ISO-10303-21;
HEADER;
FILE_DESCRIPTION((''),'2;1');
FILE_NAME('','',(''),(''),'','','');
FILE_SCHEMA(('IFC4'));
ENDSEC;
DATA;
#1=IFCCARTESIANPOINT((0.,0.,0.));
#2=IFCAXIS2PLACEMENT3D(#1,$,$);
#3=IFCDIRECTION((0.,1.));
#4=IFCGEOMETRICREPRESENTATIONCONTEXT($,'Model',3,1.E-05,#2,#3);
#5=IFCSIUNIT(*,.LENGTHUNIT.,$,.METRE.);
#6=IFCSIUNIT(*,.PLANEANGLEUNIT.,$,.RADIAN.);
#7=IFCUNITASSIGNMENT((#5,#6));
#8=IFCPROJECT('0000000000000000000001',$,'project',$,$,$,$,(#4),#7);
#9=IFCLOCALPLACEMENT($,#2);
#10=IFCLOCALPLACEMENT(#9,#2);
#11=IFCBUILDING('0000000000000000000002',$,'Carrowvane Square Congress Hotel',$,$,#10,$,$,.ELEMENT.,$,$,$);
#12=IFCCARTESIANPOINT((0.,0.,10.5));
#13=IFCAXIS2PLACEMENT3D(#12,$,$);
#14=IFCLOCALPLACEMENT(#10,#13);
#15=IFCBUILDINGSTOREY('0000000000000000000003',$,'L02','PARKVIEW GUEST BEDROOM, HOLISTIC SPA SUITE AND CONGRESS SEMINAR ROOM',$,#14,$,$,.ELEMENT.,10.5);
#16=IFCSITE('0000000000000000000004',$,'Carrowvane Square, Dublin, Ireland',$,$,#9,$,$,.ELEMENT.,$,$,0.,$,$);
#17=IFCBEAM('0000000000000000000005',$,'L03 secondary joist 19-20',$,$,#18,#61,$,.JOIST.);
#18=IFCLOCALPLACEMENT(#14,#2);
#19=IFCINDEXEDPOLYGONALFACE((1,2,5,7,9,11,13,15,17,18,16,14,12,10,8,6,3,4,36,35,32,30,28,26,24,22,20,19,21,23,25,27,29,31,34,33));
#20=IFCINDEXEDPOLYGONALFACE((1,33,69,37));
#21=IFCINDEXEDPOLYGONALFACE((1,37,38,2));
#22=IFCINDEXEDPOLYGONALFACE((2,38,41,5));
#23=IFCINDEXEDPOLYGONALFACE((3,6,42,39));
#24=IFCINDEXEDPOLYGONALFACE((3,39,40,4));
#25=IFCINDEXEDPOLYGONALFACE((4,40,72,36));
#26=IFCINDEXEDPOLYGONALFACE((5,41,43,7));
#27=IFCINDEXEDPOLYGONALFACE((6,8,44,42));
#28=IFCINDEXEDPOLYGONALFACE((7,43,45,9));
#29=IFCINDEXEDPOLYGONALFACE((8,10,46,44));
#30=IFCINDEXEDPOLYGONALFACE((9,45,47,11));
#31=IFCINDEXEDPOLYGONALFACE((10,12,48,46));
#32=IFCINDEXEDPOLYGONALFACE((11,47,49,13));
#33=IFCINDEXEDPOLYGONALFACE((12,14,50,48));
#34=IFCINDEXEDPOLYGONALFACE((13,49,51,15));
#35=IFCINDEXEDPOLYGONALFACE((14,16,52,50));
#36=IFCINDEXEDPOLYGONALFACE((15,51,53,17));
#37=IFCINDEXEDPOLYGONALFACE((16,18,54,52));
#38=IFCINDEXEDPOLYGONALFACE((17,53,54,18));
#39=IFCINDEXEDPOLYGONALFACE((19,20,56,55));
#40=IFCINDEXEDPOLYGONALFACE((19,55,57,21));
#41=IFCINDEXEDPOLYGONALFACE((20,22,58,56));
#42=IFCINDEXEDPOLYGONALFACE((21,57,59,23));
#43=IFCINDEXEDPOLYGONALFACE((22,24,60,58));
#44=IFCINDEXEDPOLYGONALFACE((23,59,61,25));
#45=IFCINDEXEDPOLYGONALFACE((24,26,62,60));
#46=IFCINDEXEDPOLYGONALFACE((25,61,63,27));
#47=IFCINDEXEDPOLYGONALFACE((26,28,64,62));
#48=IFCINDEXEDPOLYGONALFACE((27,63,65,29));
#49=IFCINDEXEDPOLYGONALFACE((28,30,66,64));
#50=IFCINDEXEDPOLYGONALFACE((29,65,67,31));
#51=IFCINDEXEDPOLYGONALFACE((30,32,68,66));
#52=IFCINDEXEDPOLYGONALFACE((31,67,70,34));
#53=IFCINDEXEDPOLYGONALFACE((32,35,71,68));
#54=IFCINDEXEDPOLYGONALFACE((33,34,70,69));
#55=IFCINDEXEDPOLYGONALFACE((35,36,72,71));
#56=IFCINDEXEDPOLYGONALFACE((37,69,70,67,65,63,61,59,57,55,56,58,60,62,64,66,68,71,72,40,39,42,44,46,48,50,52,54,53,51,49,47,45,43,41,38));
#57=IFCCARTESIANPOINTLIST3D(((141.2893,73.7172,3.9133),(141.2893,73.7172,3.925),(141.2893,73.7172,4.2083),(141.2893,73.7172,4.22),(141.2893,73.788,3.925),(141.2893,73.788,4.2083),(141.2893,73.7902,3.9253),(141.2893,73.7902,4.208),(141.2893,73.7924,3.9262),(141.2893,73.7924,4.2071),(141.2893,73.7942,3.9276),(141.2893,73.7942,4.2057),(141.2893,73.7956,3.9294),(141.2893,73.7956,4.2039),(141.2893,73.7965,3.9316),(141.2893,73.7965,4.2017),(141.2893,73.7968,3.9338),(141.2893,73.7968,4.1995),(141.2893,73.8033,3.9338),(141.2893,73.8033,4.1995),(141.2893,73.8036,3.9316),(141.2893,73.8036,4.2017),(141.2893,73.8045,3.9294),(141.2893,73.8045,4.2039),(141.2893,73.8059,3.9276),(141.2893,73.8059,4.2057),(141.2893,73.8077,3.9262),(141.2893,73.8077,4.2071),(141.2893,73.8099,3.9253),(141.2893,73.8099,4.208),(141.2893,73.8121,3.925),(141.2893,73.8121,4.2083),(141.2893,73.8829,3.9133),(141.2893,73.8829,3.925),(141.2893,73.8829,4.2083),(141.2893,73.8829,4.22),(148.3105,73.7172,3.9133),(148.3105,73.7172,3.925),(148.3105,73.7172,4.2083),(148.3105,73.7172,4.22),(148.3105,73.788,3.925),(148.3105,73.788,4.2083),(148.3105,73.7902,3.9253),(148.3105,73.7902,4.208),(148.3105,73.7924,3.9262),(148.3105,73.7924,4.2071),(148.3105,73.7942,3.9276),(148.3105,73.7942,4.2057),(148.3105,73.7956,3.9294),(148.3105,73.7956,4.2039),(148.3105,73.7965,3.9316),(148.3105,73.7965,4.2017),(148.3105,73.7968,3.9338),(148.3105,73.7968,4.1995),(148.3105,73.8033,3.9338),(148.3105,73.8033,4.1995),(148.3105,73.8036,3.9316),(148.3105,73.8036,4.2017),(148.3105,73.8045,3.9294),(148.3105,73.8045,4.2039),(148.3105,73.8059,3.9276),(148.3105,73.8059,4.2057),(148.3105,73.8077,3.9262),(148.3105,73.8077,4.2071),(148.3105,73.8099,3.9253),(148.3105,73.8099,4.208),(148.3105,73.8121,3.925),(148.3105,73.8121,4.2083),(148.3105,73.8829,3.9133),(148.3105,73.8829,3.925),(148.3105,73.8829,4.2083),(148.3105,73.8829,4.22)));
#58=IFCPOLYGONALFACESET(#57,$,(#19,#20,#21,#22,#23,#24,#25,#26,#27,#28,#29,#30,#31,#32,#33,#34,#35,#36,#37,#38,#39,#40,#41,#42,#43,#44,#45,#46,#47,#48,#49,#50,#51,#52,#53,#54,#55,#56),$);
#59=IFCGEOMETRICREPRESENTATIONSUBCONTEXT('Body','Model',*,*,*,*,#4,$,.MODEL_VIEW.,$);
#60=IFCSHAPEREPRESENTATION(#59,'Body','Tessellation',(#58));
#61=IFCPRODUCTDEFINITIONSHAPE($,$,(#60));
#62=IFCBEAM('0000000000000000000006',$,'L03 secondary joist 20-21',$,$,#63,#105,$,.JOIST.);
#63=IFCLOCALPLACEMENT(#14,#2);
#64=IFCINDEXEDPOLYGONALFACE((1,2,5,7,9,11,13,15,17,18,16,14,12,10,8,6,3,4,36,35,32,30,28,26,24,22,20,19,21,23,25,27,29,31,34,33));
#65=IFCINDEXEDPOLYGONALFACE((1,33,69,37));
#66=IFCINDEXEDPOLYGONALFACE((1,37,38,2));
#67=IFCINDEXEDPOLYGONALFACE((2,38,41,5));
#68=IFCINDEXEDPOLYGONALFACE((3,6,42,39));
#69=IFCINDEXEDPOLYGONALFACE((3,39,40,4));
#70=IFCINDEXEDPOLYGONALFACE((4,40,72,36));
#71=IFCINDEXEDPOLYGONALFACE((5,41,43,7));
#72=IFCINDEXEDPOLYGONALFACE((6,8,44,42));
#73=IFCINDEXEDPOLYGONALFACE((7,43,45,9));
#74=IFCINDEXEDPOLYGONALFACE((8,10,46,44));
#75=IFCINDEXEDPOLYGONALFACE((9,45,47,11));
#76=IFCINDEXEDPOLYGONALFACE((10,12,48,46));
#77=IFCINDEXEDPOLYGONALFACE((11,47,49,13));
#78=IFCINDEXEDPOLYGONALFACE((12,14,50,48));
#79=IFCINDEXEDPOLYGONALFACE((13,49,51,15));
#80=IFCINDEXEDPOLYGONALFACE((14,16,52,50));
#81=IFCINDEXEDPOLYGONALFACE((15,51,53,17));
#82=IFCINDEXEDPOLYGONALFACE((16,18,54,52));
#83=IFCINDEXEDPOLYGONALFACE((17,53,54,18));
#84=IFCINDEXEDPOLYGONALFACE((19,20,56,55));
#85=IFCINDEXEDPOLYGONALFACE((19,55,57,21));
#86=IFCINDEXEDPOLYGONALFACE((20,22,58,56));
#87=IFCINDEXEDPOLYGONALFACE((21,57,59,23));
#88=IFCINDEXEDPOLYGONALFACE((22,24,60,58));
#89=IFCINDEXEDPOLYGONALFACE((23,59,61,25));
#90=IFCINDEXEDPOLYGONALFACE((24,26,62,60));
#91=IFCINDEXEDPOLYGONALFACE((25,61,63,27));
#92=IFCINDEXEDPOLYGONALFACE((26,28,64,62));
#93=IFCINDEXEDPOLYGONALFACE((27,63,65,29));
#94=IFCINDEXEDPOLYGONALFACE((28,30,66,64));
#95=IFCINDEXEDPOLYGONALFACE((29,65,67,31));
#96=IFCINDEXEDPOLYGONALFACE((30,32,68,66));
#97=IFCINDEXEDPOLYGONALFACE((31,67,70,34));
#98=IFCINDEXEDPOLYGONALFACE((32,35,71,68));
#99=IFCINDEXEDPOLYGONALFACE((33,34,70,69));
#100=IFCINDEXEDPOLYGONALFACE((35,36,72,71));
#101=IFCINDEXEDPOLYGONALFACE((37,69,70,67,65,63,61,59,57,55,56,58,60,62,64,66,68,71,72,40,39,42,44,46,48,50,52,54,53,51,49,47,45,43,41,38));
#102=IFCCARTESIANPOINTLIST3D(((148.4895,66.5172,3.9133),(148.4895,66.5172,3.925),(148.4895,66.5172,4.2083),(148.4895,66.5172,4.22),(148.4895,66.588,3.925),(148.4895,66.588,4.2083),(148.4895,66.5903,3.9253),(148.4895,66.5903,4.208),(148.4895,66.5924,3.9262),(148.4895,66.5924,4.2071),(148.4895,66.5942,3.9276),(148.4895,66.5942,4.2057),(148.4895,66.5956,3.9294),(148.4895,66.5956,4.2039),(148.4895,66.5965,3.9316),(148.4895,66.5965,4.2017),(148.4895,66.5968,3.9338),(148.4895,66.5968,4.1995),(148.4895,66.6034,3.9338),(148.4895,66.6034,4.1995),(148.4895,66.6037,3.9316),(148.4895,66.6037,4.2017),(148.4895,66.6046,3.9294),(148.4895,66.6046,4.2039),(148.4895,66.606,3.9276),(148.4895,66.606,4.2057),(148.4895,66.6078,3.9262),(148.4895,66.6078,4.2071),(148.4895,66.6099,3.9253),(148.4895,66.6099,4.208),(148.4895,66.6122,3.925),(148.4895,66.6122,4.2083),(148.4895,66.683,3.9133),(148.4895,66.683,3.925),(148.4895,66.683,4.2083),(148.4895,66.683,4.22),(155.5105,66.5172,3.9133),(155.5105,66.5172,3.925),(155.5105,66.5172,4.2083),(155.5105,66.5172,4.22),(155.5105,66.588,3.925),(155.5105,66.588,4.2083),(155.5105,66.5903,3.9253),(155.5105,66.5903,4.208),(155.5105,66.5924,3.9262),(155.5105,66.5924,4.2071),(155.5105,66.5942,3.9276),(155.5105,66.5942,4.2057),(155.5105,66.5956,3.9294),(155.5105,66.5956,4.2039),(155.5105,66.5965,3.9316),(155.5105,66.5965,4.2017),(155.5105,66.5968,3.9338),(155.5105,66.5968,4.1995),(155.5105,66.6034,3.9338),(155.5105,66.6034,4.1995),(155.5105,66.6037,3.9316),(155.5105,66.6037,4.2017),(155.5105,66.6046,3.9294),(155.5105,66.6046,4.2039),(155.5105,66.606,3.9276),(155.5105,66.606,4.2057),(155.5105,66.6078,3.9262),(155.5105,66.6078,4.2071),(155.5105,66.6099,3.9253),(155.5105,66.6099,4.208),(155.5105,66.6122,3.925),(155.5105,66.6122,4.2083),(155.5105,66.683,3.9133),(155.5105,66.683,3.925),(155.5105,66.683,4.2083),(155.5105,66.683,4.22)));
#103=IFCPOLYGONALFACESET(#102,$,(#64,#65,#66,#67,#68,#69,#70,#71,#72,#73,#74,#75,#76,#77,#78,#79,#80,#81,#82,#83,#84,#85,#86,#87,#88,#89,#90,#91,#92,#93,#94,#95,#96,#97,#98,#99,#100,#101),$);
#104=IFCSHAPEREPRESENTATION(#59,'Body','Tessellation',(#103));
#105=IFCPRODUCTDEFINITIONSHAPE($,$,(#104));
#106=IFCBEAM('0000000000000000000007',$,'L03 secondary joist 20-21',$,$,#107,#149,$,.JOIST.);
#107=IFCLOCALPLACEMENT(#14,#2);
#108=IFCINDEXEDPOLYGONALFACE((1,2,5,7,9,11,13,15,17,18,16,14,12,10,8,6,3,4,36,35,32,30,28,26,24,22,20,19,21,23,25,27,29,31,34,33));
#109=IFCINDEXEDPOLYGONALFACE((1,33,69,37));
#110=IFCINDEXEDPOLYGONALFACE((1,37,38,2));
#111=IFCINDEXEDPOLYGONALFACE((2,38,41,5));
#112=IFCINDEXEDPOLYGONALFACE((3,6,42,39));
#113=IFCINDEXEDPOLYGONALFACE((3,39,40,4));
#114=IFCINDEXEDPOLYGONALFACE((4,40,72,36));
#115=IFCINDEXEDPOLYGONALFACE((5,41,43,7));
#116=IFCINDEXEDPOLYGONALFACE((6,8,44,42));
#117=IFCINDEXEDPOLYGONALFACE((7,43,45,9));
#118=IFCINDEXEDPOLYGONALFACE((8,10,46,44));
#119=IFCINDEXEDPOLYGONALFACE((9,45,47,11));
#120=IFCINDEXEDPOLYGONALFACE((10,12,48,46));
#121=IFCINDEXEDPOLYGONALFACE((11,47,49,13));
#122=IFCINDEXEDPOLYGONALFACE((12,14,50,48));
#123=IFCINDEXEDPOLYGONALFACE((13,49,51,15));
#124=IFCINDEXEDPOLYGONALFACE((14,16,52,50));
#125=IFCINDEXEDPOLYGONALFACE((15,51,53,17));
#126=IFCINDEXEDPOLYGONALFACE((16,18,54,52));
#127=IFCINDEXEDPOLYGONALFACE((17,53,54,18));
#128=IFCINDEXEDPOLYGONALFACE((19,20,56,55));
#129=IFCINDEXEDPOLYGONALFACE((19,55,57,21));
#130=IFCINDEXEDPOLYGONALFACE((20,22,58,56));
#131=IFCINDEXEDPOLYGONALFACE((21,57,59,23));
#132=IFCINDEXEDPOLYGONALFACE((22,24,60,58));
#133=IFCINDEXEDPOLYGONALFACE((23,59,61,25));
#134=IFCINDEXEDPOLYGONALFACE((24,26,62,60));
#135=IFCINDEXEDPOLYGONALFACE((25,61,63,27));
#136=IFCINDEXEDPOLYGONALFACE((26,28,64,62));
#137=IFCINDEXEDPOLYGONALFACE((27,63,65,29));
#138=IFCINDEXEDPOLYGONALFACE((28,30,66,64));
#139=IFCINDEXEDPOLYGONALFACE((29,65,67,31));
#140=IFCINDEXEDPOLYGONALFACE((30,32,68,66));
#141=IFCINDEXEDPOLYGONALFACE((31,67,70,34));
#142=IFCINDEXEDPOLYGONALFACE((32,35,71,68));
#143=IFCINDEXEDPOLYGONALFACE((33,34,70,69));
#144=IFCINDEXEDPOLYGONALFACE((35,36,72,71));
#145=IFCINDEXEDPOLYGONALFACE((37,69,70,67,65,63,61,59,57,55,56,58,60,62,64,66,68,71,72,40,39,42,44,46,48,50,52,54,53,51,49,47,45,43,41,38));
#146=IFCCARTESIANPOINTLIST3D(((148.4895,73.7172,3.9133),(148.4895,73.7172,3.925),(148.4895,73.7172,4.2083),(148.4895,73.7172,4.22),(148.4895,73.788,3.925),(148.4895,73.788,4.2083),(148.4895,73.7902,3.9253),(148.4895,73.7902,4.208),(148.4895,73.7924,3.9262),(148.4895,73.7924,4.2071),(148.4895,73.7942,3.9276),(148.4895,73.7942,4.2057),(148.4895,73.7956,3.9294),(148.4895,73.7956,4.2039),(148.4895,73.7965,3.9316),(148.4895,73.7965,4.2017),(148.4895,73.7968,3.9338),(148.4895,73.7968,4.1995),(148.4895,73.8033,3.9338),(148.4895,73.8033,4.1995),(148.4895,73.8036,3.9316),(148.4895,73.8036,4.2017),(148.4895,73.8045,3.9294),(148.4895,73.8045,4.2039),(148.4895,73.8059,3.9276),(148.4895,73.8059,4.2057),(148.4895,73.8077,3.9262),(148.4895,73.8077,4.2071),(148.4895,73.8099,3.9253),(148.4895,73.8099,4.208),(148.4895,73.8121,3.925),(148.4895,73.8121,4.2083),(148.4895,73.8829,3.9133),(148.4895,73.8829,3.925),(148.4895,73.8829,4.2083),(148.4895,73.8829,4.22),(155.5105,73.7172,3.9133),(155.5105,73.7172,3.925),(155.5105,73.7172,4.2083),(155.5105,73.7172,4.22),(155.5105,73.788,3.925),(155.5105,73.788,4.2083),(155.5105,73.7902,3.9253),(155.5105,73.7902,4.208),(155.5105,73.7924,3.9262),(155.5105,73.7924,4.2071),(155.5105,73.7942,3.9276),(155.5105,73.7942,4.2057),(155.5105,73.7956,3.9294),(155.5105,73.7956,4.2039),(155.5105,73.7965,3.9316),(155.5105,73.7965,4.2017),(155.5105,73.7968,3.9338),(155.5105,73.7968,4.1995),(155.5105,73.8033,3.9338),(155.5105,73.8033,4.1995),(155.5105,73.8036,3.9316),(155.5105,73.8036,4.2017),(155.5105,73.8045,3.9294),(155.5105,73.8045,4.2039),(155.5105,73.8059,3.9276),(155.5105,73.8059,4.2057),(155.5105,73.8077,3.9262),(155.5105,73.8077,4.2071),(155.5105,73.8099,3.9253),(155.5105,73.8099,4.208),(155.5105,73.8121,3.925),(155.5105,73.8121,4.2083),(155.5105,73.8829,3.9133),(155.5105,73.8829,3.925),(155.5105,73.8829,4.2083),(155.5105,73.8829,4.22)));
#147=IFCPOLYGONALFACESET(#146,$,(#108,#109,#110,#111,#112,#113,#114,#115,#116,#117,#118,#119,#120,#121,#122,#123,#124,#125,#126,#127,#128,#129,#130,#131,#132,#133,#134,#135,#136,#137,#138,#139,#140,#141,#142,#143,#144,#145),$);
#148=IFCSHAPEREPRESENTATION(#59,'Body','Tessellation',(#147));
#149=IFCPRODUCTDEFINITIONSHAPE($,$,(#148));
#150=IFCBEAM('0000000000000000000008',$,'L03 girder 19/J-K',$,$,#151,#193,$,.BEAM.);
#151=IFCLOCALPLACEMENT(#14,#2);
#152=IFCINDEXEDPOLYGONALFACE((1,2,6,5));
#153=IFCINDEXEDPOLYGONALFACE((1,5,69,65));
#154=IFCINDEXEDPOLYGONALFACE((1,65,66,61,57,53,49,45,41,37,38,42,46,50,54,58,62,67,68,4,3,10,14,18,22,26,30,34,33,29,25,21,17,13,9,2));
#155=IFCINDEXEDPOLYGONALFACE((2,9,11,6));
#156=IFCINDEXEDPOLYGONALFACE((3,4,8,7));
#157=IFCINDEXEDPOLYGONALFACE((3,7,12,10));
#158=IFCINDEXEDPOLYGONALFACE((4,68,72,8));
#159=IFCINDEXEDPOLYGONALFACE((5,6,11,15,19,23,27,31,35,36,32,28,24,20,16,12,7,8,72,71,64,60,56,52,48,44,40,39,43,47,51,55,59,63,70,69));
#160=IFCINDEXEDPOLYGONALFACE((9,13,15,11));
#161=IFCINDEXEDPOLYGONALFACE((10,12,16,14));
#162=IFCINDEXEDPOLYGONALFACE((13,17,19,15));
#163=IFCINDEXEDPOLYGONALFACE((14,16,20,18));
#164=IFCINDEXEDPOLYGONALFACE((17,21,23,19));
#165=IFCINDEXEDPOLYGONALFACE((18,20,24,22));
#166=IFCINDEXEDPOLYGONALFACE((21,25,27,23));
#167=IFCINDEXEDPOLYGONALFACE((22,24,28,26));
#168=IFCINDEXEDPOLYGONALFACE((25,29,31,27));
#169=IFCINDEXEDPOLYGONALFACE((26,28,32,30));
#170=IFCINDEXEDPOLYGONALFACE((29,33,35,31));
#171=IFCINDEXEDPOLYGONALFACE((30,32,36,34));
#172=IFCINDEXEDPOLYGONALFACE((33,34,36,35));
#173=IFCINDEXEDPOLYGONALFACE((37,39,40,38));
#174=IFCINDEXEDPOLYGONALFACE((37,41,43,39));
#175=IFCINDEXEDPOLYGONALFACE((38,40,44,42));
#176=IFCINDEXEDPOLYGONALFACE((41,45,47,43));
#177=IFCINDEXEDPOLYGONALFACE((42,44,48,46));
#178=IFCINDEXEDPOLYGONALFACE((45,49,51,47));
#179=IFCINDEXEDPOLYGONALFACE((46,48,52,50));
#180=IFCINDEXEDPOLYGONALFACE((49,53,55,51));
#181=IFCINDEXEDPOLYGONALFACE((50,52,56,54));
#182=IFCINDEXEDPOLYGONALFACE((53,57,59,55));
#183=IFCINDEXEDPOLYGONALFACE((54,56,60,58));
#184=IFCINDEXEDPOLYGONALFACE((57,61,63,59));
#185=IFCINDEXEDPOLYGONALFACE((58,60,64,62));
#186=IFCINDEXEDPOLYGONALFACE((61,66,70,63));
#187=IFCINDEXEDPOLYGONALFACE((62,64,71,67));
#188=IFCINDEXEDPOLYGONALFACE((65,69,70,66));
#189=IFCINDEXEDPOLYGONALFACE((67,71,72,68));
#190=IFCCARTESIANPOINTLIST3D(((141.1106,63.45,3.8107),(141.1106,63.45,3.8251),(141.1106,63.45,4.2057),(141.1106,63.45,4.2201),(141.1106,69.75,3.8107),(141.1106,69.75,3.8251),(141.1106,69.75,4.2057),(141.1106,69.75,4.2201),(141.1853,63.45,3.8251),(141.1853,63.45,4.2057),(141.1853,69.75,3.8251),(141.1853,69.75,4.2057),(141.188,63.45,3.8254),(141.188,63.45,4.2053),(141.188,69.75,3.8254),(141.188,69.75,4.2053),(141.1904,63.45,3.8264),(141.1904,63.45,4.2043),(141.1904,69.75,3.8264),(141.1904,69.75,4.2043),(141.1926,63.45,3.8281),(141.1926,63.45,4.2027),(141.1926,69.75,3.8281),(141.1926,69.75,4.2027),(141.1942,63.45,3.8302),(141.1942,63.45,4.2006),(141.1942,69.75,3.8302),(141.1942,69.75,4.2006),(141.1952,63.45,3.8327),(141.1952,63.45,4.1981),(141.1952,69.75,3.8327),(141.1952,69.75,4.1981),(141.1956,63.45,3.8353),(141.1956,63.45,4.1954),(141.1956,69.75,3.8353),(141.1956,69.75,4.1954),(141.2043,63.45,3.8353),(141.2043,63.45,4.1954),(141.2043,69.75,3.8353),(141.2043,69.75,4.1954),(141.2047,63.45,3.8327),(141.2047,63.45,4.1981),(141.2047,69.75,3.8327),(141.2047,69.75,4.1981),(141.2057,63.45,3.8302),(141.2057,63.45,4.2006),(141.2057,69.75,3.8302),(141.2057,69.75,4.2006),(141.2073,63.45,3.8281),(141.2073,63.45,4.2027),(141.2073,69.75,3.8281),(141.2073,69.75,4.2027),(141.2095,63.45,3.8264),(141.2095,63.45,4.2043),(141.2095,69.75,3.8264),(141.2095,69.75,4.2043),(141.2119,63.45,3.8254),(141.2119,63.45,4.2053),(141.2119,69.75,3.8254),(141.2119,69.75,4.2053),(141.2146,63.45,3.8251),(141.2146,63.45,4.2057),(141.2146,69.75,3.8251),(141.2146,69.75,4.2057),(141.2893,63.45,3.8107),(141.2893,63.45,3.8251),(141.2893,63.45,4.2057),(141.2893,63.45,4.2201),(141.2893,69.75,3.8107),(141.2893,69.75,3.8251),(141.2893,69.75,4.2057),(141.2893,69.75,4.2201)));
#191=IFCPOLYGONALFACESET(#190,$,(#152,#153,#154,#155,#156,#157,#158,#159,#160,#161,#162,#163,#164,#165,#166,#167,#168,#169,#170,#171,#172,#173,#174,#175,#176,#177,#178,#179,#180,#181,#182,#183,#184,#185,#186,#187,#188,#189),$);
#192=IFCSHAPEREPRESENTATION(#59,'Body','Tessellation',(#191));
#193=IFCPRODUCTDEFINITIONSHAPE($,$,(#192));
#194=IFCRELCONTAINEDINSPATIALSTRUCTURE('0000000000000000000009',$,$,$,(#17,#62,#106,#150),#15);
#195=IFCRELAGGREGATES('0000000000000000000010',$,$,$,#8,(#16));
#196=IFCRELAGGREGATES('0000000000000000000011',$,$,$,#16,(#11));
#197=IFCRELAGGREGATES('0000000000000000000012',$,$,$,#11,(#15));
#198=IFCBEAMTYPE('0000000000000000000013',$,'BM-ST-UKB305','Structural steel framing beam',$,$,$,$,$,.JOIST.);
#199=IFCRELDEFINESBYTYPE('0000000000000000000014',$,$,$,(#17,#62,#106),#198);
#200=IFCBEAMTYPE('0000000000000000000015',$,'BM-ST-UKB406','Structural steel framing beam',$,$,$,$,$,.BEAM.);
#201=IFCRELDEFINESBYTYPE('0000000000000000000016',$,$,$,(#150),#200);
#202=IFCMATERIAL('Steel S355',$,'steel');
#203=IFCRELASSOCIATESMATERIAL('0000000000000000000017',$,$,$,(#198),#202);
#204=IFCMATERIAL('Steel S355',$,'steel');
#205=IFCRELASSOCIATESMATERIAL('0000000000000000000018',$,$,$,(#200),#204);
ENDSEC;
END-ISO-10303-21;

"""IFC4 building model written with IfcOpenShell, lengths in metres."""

from ifc_helpers import new_model, si_unit, direction, frame, origin, origin_2d, place, context, subcontext, project, spatial, i_section, extrude, material, material_profile, profile_set, type_object, element, save


model = new_model("IFC4")

# Units and contexts
model_context = context("Model", 3, precision=1e-05, world=origin(), true_north=direction((0.0, 1.0)))
body_context = subcontext(model_context, "Body", "Model", "MODEL_VIEW")
ifc_project = project(units=[si_unit("LENGTHUNIT", "METRE"), si_unit("PLANEANGLEUNIT", "RADIAN")], contexts=[model_context])

# Site, building, storey
site_placement = place(None, origin())
site = spatial("IfcSite", under=ifc_project, at=site_placement, Name="Carrowvane Square, Dublin, Ireland", CompositionType="ELEMENT", RefElevation=0.0)
building_placement = place(site_placement, origin())
building = spatial("IfcBuilding", under=site, at=building_placement, Name="Carrowvane Square Congress Hotel", CompositionType="ELEMENT")
storey_placement = place(building_placement, frame((0.0, 0.0, 10.5)))
storey = spatial("IfcBuildingStorey", under=building, at=storey_placement, Name="L02", Description="PARKVIEW GUEST BEDROOM, HOLISTIC SPA SUITE AND CONGRESS SEMINAR ROOM", CompositionType="ELEMENT", Elevation=10.5)

# Beams
ifc_material_1 = material(Name="Steel S355", Category="steel")
ifc_material_profile_1 = material_profile(ifc_material_1, i_section(OverallWidth=0.1658, OverallDepth=0.3066, WebThickness=0.0066, FlangeThickness=0.0117, FilletRadius=0.0088, at=origin_2d()), Name="UKB 305x165x46")
ifc_profile_set_1 = profile_set([ifc_material_profile_1], Name="Steel S355")
beam_type_1 = type_object("IfcBeamType", Name="BM-ST-UKB305", Description="Structural steel framing beam", PredefinedType="JOIST", material=ifc_profile_set_1)
for number, where, z_axis, x_axis, name in (
    (1, (141.2893, 73.8, 4.0667), (1.0, 0.0, 0.0), (0.0, 1.0, 0.0), "L03 secondary joist 19-20"),
):
    element("IfcBeam", number, at=place(storey_placement, frame(where, z_axis=z_axis, x_axis=x_axis)), inside=storey, type_object=beam_type_1, Name=name, PredefinedType="JOIST", context=body_context, shape_type="SweptSolid", body=[
        extrude(i_section(OverallWidth=0.1658, OverallDepth=0.3066, WebThickness=0.0066, FlangeThickness=0.0117, FilletRadius=0.0088, at=origin_2d()), origin(), (0.0, 0.0, 1.0), 7.0212),
    ])
for number, where, z_axis, x_axis, name in (
    (2, (148.4895, 66.6001, 4.0667), (1.0, 0.0, 0.0), (0.0, 1.0, 0.0), "L03 secondary joist 20-21"),
    (3, (148.4895, 73.8, 4.0667), (1.0, 0.0, 0.0), (0.0, 1.0, 0.0), "L03 secondary joist 20-21"),
):
    element("IfcBeam", number, at=place(storey_placement, frame(where, z_axis=z_axis, x_axis=x_axis)), inside=storey, type_object=beam_type_1, Name=name, PredefinedType="JOIST", context=body_context, shape_type="SweptSolid", body=[
        extrude(i_section(OverallWidth=0.1658, OverallDepth=0.3066, WebThickness=0.0066, FlangeThickness=0.0117, FilletRadius=0.0088, at=origin_2d()), origin(), (0.0, 0.0, 1.0), 7.021),
    ])
ifc_material_2 = material(Name="Steel S355", Category="steel")
ifc_material_profile_2 = material_profile(ifc_material_2, i_section(OverallWidth=0.1787, OverallDepth=0.4094, WebThickness=0.0088, FlangeThickness=0.0144, FilletRadius=0.0103, at=origin_2d()), Name="UKB 406x178x67")
ifc_profile_set_2 = profile_set([ifc_material_profile_2], Name="Steel S355")
beam_type_2 = type_object("IfcBeamType", Name="BM-ST-UKB406", Description="Structural steel framing beam", PredefinedType="BEAM", material=ifc_profile_set_2)
for number, where, z_axis, x_axis, name in (
    (4, (141.2, 63.45, 4.0154), (0.0, 1.0, 0.0), (-1.0, 0.0, 0.0), "L03 girder 19/J-K"),
):
    element("IfcBeam", number, at=place(storey_placement, frame(where, z_axis=z_axis, x_axis=x_axis)), inside=storey, type_object=beam_type_2, Name=name, PredefinedType="BEAM", context=body_context, shape_type="SweptSolid", body=[
        extrude(i_section(OverallWidth=0.1787, OverallDepth=0.4094, WebThickness=0.0088, FlangeThickness=0.0144, FilletRadius=0.0103, at=origin_2d()), origin(), (0.0, 0.0, 1.0), 6.3),
    ])

save(model, "model.ifc")
